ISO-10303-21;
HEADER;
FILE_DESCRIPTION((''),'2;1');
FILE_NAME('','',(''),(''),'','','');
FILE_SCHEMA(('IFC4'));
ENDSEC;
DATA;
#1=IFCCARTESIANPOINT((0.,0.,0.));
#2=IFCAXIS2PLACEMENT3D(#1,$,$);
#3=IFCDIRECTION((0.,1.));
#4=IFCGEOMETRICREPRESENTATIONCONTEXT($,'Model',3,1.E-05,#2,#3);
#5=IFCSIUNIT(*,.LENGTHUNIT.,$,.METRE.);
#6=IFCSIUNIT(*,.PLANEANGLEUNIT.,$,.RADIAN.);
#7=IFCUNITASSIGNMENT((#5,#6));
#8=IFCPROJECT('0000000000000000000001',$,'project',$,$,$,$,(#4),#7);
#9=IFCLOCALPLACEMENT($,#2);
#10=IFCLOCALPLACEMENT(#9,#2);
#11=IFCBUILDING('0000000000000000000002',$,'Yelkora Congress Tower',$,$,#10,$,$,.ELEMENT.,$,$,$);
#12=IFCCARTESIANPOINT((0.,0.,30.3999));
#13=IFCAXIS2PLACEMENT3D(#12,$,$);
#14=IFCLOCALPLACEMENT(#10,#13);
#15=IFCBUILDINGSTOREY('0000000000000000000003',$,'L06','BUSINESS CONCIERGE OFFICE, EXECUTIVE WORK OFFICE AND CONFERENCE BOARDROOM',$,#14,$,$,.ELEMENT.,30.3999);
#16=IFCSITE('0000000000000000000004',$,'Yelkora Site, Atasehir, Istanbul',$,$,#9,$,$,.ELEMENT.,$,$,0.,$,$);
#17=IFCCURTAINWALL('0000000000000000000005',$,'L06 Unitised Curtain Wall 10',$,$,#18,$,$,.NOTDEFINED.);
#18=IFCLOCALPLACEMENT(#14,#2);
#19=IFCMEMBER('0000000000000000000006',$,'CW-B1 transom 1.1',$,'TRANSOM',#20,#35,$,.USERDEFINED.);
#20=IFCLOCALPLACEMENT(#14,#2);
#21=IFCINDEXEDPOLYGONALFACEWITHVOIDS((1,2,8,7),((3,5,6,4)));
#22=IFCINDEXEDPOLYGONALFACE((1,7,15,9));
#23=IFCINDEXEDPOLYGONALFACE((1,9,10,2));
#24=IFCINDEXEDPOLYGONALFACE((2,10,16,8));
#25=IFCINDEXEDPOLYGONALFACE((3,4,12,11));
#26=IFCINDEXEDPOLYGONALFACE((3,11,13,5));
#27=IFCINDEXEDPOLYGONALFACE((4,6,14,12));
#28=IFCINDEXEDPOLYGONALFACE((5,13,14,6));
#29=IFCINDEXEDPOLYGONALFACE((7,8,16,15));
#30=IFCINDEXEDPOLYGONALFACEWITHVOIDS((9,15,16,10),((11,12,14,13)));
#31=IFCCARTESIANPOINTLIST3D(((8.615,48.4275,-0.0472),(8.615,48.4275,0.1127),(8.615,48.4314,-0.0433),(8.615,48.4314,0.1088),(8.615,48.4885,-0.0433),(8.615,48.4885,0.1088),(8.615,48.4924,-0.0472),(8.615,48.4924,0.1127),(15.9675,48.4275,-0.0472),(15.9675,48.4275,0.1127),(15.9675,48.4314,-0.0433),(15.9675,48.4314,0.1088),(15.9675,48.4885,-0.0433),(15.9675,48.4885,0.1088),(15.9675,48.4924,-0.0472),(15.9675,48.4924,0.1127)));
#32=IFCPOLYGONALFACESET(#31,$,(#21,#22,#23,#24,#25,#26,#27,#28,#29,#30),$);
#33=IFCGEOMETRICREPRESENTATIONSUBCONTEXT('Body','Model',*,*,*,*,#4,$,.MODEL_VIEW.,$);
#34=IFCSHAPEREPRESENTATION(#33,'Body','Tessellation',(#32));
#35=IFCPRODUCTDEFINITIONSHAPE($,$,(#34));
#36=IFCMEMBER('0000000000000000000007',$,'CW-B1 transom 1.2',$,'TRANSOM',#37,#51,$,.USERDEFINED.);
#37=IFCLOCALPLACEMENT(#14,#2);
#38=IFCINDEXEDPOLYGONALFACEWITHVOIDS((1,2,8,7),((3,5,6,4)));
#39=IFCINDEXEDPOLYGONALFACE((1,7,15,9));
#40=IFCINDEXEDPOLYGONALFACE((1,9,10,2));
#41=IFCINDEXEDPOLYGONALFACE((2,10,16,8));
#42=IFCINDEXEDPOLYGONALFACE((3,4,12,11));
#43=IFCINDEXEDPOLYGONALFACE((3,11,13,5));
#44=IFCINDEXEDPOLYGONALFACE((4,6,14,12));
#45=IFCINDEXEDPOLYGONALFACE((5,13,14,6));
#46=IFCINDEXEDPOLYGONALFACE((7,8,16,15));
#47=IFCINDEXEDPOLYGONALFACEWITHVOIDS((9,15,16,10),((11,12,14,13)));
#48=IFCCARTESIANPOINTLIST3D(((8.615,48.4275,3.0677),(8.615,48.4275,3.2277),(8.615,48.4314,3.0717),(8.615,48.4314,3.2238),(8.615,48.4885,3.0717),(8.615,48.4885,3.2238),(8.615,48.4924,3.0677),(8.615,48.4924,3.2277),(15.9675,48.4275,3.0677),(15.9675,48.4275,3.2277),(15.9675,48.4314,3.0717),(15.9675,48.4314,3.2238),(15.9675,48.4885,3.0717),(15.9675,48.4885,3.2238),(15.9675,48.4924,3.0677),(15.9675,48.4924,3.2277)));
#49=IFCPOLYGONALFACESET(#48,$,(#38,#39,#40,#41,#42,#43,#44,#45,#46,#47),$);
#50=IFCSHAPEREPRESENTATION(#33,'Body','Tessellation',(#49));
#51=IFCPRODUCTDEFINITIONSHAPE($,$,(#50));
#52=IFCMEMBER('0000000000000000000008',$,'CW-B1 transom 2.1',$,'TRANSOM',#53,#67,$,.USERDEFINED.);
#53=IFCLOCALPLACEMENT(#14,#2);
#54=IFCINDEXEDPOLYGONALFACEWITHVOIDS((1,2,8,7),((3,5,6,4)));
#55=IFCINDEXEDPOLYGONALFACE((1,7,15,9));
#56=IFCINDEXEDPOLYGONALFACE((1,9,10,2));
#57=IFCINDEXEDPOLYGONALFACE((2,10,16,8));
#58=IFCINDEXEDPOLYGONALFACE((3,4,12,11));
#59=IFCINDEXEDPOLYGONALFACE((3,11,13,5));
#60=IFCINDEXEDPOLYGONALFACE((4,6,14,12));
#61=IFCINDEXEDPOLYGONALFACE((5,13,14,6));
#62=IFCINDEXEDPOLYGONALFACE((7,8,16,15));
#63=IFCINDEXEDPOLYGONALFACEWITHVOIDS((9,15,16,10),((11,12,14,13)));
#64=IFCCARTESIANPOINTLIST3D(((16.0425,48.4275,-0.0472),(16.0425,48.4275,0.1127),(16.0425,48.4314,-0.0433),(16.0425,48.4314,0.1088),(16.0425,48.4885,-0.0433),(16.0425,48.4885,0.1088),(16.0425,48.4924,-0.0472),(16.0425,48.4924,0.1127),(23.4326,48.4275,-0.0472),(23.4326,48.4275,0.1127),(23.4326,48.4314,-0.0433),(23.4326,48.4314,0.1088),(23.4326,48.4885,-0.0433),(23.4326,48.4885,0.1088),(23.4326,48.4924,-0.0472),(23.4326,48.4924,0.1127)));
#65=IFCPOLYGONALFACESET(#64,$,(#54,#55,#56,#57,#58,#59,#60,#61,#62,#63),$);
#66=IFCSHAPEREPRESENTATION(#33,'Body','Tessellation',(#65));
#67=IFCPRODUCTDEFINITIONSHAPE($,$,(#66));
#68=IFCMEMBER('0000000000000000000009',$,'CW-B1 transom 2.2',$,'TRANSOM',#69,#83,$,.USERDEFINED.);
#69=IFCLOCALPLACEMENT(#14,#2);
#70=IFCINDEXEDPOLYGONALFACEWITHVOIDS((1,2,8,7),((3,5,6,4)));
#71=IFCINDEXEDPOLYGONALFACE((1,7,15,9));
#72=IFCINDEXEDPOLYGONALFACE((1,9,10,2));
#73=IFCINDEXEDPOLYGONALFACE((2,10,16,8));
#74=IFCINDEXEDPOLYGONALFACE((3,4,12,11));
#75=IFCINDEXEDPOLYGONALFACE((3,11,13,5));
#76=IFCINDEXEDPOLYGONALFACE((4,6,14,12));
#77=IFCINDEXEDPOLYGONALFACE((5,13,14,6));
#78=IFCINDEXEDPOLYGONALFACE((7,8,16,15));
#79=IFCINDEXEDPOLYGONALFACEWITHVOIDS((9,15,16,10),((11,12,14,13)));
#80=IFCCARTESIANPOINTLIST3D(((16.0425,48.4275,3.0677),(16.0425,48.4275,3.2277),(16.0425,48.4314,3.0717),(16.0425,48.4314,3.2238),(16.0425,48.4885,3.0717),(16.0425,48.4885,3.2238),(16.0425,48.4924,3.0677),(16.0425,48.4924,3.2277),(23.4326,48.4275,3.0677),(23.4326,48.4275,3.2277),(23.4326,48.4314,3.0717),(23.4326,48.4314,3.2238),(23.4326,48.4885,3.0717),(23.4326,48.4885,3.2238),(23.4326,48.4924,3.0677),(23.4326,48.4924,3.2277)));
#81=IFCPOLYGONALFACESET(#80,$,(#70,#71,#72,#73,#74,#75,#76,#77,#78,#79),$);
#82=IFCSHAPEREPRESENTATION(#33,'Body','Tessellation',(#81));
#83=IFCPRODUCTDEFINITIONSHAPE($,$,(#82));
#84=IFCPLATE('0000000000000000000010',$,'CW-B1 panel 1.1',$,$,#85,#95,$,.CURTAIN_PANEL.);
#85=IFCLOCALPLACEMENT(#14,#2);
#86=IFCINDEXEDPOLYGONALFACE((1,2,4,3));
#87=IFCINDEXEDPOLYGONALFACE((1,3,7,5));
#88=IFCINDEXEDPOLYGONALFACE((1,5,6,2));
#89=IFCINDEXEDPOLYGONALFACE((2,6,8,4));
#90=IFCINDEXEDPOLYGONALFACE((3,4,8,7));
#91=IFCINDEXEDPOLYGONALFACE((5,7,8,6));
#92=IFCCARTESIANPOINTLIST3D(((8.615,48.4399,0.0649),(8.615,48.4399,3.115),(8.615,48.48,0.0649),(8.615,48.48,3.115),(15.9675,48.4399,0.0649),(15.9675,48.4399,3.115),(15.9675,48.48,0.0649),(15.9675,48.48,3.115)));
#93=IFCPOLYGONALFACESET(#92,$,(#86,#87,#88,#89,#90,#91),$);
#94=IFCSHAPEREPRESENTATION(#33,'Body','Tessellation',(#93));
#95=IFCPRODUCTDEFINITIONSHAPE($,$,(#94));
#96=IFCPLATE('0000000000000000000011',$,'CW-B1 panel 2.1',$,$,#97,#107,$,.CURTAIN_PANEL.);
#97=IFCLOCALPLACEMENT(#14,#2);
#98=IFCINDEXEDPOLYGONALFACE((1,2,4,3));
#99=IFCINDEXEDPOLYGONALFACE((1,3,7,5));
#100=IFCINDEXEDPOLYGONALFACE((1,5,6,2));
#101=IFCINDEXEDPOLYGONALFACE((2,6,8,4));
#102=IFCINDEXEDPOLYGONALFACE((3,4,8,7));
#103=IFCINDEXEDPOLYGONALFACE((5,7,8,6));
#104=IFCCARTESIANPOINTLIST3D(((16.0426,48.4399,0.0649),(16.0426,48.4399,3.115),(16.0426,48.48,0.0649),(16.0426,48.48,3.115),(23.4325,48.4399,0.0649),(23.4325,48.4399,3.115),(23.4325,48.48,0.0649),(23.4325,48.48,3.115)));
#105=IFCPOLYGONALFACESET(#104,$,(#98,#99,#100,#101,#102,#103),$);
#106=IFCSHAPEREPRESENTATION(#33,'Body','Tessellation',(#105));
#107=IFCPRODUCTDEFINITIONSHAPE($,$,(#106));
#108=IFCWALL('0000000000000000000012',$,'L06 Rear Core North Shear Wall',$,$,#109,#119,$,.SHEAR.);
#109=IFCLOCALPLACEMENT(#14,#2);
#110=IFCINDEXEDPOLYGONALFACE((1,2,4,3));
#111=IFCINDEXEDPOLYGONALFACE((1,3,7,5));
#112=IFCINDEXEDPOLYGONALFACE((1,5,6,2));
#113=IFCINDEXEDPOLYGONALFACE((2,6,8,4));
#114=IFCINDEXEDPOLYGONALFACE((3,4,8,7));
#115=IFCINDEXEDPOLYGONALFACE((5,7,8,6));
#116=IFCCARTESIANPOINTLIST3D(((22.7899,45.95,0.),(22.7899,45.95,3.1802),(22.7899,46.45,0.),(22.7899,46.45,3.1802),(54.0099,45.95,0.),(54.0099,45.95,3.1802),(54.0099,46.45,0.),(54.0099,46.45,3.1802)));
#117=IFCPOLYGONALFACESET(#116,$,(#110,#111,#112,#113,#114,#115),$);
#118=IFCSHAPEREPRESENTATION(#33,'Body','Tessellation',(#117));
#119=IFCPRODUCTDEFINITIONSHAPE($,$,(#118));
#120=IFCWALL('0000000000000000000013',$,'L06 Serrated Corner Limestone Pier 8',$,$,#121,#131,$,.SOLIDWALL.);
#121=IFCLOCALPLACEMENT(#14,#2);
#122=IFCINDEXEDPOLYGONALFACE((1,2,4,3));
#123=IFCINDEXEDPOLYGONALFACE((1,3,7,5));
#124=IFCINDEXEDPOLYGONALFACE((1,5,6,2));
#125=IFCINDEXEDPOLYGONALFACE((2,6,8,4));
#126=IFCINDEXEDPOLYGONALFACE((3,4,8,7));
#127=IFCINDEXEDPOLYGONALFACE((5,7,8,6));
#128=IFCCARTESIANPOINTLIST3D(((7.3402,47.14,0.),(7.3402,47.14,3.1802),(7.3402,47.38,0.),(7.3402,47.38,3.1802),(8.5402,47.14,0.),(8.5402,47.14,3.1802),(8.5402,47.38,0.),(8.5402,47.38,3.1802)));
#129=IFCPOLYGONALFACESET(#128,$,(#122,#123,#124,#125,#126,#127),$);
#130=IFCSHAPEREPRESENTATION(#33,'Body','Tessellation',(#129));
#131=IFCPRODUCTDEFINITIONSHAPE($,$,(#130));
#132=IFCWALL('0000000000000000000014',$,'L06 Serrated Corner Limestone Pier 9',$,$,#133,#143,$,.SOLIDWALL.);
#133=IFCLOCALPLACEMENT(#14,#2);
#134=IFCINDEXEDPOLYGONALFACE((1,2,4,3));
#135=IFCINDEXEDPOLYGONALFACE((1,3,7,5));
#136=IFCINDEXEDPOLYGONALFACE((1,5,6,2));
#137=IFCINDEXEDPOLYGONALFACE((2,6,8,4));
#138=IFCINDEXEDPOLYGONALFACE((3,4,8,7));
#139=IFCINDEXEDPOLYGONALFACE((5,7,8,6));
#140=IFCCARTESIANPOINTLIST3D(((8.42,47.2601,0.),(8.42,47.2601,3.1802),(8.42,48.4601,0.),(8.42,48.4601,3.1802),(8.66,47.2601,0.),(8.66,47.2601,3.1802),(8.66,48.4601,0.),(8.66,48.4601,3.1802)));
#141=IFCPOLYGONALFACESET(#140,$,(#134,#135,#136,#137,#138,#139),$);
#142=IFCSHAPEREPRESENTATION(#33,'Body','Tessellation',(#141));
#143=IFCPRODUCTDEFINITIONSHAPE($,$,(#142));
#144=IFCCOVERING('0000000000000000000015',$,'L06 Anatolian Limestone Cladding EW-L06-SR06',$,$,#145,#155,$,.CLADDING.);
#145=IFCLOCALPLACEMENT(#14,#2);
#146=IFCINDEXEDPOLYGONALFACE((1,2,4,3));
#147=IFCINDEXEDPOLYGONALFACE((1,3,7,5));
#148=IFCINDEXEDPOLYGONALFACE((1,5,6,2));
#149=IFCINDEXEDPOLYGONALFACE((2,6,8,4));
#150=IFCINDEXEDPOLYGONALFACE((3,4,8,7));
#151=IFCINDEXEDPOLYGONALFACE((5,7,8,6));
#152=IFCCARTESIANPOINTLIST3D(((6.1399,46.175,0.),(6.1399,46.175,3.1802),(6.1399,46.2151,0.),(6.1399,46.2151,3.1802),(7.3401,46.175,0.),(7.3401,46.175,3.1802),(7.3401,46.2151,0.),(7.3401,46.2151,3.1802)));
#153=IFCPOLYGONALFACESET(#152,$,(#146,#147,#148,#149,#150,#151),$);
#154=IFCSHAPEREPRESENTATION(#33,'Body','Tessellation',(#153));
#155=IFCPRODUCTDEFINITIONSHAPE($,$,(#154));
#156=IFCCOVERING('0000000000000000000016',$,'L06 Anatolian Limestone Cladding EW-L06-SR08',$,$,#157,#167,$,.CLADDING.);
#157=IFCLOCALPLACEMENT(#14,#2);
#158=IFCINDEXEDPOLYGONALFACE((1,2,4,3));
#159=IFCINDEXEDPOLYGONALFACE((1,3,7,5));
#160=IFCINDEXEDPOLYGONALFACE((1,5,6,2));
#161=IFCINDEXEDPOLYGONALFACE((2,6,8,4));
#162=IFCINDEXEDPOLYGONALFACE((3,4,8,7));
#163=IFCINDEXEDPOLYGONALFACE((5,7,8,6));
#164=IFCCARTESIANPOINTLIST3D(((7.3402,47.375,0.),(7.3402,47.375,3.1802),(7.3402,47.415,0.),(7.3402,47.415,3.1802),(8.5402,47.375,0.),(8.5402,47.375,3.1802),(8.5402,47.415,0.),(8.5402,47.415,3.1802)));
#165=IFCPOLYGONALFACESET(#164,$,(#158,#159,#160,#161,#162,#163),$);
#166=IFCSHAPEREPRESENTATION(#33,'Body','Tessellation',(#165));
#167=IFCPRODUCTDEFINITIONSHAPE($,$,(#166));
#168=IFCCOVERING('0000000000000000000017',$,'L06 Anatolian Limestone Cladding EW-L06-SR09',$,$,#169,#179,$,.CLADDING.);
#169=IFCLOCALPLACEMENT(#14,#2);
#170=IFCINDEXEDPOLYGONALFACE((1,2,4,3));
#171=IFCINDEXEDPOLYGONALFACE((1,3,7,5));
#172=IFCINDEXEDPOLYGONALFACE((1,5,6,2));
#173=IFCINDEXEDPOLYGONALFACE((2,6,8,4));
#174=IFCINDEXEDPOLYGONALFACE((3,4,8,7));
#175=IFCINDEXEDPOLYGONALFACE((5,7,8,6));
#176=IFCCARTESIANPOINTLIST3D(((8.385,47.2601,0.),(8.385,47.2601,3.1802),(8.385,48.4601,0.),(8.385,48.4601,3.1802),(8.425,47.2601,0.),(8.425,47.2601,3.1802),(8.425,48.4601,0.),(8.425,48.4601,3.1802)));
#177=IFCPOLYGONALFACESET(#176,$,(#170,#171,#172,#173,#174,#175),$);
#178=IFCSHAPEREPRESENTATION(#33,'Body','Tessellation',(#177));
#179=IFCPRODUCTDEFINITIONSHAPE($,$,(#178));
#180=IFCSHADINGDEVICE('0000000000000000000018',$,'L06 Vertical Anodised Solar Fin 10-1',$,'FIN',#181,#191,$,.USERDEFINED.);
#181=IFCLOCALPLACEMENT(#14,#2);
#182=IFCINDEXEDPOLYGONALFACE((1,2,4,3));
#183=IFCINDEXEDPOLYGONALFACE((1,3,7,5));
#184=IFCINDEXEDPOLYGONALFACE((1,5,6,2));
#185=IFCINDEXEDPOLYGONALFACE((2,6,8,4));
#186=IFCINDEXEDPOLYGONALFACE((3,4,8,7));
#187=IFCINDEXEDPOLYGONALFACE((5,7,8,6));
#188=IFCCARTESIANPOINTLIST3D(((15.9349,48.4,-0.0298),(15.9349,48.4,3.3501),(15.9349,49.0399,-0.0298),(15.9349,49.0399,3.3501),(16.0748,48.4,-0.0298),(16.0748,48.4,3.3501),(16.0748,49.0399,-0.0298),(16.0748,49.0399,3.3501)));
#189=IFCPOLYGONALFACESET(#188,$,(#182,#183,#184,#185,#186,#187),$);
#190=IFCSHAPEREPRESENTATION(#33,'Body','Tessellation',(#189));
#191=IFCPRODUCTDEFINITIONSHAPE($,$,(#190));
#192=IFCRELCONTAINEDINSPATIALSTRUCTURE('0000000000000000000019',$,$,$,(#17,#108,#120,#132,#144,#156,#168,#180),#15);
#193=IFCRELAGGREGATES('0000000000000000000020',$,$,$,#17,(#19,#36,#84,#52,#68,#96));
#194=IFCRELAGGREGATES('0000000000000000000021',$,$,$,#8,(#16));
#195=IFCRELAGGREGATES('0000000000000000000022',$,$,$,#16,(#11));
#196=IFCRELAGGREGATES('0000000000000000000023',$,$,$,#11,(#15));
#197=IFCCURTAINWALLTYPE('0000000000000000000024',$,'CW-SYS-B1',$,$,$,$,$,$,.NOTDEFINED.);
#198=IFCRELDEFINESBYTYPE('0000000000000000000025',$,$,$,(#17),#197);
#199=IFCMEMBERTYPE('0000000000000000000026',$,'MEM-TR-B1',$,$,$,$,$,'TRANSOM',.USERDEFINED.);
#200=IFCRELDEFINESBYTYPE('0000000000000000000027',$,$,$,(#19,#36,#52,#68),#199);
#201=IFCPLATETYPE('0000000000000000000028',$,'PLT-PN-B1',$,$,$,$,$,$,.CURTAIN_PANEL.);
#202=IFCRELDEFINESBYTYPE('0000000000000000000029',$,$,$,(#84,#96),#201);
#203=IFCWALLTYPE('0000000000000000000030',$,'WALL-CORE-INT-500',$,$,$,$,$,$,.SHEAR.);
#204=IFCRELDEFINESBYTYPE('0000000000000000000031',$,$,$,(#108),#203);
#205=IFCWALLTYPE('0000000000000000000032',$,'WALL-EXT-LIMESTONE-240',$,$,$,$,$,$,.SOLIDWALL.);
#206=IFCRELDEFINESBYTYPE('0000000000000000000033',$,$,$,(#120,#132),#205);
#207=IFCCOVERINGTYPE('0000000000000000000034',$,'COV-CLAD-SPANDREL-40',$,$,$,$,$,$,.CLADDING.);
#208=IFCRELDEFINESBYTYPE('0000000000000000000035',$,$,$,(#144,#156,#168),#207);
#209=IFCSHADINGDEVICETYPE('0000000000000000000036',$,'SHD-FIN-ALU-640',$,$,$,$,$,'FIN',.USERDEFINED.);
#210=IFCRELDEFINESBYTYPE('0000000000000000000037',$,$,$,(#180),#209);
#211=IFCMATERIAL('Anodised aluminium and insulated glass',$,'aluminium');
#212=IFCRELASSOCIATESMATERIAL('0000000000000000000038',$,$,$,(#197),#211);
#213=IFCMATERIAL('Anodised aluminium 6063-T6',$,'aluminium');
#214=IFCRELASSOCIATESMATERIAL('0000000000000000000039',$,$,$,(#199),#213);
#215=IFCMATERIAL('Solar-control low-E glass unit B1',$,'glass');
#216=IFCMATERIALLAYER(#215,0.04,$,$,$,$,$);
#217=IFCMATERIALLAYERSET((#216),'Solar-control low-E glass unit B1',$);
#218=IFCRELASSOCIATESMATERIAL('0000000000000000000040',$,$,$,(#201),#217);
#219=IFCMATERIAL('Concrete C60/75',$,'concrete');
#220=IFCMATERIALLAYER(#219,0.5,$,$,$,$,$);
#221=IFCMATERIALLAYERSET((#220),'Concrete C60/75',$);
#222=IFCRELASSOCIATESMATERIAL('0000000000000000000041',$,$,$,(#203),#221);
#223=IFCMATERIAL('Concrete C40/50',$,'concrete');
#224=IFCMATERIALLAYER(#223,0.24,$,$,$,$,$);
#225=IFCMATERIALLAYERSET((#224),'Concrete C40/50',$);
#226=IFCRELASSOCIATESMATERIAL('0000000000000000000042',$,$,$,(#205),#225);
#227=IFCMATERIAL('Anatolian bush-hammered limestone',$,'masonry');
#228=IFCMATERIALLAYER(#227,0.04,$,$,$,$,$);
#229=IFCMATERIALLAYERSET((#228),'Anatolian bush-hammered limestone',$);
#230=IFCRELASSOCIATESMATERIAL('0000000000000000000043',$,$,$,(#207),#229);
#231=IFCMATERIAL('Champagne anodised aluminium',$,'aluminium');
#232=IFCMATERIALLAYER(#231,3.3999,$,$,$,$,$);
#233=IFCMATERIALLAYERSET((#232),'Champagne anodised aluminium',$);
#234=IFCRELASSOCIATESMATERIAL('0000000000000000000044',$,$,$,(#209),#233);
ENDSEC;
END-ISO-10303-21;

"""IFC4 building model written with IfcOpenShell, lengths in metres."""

from ifc_helpers import new_model, si_unit, direction, frame, frame_2d, origin, origin_2d, place, context, subcontext, project, spatial, rectangle, hollow_rectangle, extrude, material, layer, layer_set, material_profile, profile_set, type_object, element, aggregate, save


model = new_model("IFC4")

# Units and contexts
model_context = context("Model", 3, precision=1e-05, world=origin(), true_north=direction((0.0, 1.0)))
body_context = subcontext(model_context, "Body", "Model", "MODEL_VIEW")
ifc_project = project(units=[si_unit("LENGTHUNIT", "METRE"), si_unit("PLANEANGLEUNIT", "RADIAN")], contexts=[model_context])

# Site, building, storey
site_placement = place(None, origin())
site = spatial("IfcSite", under=ifc_project, at=site_placement, Name="Yelkora Site, Atasehir, Istanbul", CompositionType="ELEMENT", RefElevation=0.0)
building_placement = place(site_placement, origin())
building = spatial("IfcBuilding", under=site, at=building_placement, Name="Yelkora Congress Tower", CompositionType="ELEMENT")
storey_placement = place(building_placement, frame((0.0, 0.0, 30.3999)))
storey = spatial("IfcBuildingStorey", under=building, at=storey_placement, Name="L06", Description="BUSINESS CONCIERGE OFFICE, EXECUTIVE WORK OFFICE AND CONFERENCE BOARDROOM", CompositionType="ELEMENT", Elevation=30.3999)

# Shared definitions
ifc_material_1 = material(Name="Concrete C60/75", Category="concrete")

# Curtain wall, members, plates
ifc_material_2 = material(Name="Anodised aluminium and insulated glass", Category="aluminium")
curtain_wall_type = type_object("IfcCurtainWallType", Name="CW-SYS-B1", PredefinedType="NOTDEFINED", material=ifc_material_2)
curtain_wall_placement = place(storey_placement, origin())
curtain_wall = element("IfcCurtainWall", 1, at=curtain_wall_placement, inside=storey, type_object=curtain_wall_type, Name="L06 Unitised Curtain Wall 10", PredefinedType="NOTDEFINED")
ifc_material_3 = material(Name="Anodised aluminium 6063-T6", Category="aluminium")
ifc_material_profile_1 = material_profile(ifc_material_3, hollow_rectangle(XDim=0.0649, YDim=0.1599, WallThickness=0.0039, at=origin_2d()), Name="ALU 65x160x4")
ifc_profile_set_1 = profile_set([ifc_material_profile_1], Name="Anodised aluminium 6063-T6")
member_type_1 = type_object("IfcMemberType", Name="MEM-TR-B1", ElementType="TRANSOM", PredefinedType="USERDEFINED", material=ifc_profile_set_1)
member_1_placement = place(storey_placement, frame((8.615, 48.46, 0.0327), z_axis=(1.0, 0.0, 0.0), x_axis=(0.0, 1.0, 0.0)))
member_1 = element("IfcMember", 2, at=member_1_placement, type_object=member_type_1, Name="CW-B1 transom 1.1", ObjectType="TRANSOM", PredefinedType="USERDEFINED", context=body_context, shape_type="SweptSolid", body=[
    extrude(hollow_rectangle(XDim=0.0649, YDim=0.1599, WallThickness=0.0039, at=origin_2d()), origin(), (0.0, 0.0, 1.0), 7.3525),
])
member_2_placement = place(storey_placement, frame((8.615, 48.46, 3.1477), z_axis=(1.0, 0.0, 0.0), x_axis=(0.0, 1.0, 0.0)))
member_2 = element("IfcMember", 3, at=member_2_placement, type_object=member_type_1, Name="CW-B1 transom 1.2", ObjectType="TRANSOM", PredefinedType="USERDEFINED", context=body_context, shape_type="SweptSolid", body=[
    extrude(hollow_rectangle(XDim=0.0649, YDim=0.1599, WallThickness=0.0039, at=origin_2d()), origin(), (0.0, 0.0, 1.0), 7.3525),
])
member_3_placement = place(storey_placement, frame((16.0425, 48.46, 0.0327), z_axis=(1.0, 0.0, 0.0), x_axis=(0.0, 1.0, 0.0)))
member_3 = element("IfcMember", 4, at=member_3_placement, type_object=member_type_1, Name="CW-B1 transom 2.1", ObjectType="TRANSOM", PredefinedType="USERDEFINED", context=body_context, shape_type="SweptSolid", body=[
    extrude(hollow_rectangle(XDim=0.0649, YDim=0.1599, WallThickness=0.0039, at=origin_2d()), origin(), (0.0, 0.0, 1.0), 7.3901),
])
member_4_placement = place(storey_placement, frame((16.0425, 48.46, 3.1477), z_axis=(1.0, 0.0, 0.0), x_axis=(0.0, 1.0, 0.0)))
member_4 = element("IfcMember", 5, at=member_4_placement, type_object=member_type_1, Name="CW-B1 transom 2.2", ObjectType="TRANSOM", PredefinedType="USERDEFINED", context=body_context, shape_type="SweptSolid", body=[
    extrude(hollow_rectangle(XDim=0.0649, YDim=0.1599, WallThickness=0.0039, at=origin_2d()), origin(), (0.0, 0.0, 1.0), 7.3901),
])
ifc_material_4 = material(Name="Solar-control low-E glass unit B1", Category="glass")
ifc_layer_1 = layer(ifc_material_4, 0.04)
ifc_layer_set_1 = layer_set([ifc_layer_1], Name="Solar-control low-E glass unit B1")
plate_type = type_object("IfcPlateType", Name="PLT-PN-B1", PredefinedType="CURTAIN_PANEL", material=ifc_layer_set_1)
plate_1_placement = place(storey_placement, frame((12.2913, 48.46, 0.0649), z_axis=(0.0, 0.0, 1.0), x_axis=(1.0, 0.0, 0.0)))
plate_1 = element("IfcPlate", 6, at=plate_1_placement, type_object=plate_type, Name="CW-B1 panel 1.1", PredefinedType="CURTAIN_PANEL", context=body_context, shape_type="SweptSolid", body=[
    extrude(rectangle(XDim=7.3525, YDim=0.04, at=origin_2d()), origin(), (0.0, 0.0, 1.0), 3.05),
])
plate_2_placement = place(storey_placement, frame((19.7375, 48.46, 0.0649), z_axis=(0.0, 0.0, 1.0), x_axis=(1.0, 0.0, 0.0)))
plate_2 = element("IfcPlate", 7, at=plate_2_placement, type_object=plate_type, Name="CW-B1 panel 2.1", PredefinedType="CURTAIN_PANEL", context=body_context, shape_type="SweptSolid", body=[
    extrude(rectangle(XDim=7.3899, YDim=0.04, at=origin_2d()), origin(), (0.0, 0.0, 1.0), 3.05),
])
aggregate(curtain_wall, [member_1, member_2, plate_1, member_3, member_4, plate_2])

# Walls
ifc_layer_2 = layer(ifc_material_1, 0.5)
ifc_layer_set_2 = layer_set([ifc_layer_2], Name="Concrete C60/75")
wall_type_1 = type_object("IfcWallType", Name="WALL-CORE-INT-500", PredefinedType="SHEAR", material=ifc_layer_set_2)
wall_placement = place(storey_placement, frame((22.79, 46.2, 0.0), z_axis=(0.0, 0.0, 1.0), x_axis=(1.0, 0.0, 0.0)))
element("IfcWall", 8, at=wall_placement, inside=storey, type_object=wall_type_1, Name="L06 Rear Core North Shear Wall", PredefinedType="SHEAR", context=body_context, shape_type="SweptSolid", body=[
    extrude(rectangle(XDim=31.22, YDim=0.5, at=frame_2d((15.6099, 0.0))), origin(), (0.0, 0.0, 1.0), 3.1802),
])
ifc_material_5 = material(Name="Concrete C40/50", Category="concrete")
ifc_layer_3 = layer(ifc_material_5, 0.24)
ifc_layer_set_3 = layer_set([ifc_layer_3], Name="Concrete C40/50")
wall_type_2 = type_object("IfcWallType", Name="WALL-EXT-LIMESTONE-240", PredefinedType="SOLIDWALL", material=ifc_layer_set_3)
for number, where, z_axis, x_axis, name in (
    (9, (7.3401, 47.26, 0.0), (0.0, 0.0, 1.0), (1.0, 0.0, 0.0), "L06 Serrated Corner Limestone Pier 8"),
    (10, (8.54, 47.26, 0.0), (0.0, 0.0, 1.0), (0.0, 1.0, 0.0), "L06 Serrated Corner Limestone Pier 9"),
):
    element("IfcWall", number, at=place(storey_placement, frame(where, z_axis=z_axis, x_axis=x_axis)), inside=storey, type_object=wall_type_2, Name=name, PredefinedType="SOLIDWALL", context=body_context, shape_type="SweptSolid", body=[
        extrude(rectangle(XDim=1.2, YDim=0.24, at=frame_2d((0.6001, 0.0))), origin(), (0.0, 0.0, 1.0), 3.1802),
    ])

# Coverings
ifc_material_6 = material(Name="Anatolian bush-hammered limestone", Category="masonry")
ifc_layer_4 = layer(ifc_material_6, 0.04)
ifc_layer_set_4 = layer_set([ifc_layer_4], Name="Anatolian bush-hammered limestone")
covering_type = type_object("IfcCoveringType", Name="COV-CLAD-SPANDREL-40", PredefinedType="CLADDING", material=ifc_layer_set_4)
covering_placement = place(storey_placement, frame((6.1399, 46.1951, 0.0), z_axis=(0.0, 0.0, 1.0), x_axis=(1.0, 0.0, 0.0)))
element("IfcCovering", 11, at=covering_placement, inside=storey, type_object=covering_type, Name="L06 Anatolian Limestone Cladding EW-L06-SR06", PredefinedType="CLADDING", context=body_context, shape_type="SweptSolid", body=[
    extrude(rectangle(XDim=1.2002, YDim=0.04, at=frame_2d((0.6001, 0.0))), origin(), (0.0, 0.0, 1.0), 3.1802),
])
for number, where, z_axis, x_axis, name in (
    (12, (7.3401, 47.395, 0.0), (0.0, 0.0, 1.0), (1.0, 0.0, 0.0), "L06 Anatolian Limestone Cladding EW-L06-SR08"),
    (13, (8.405, 47.26, 0.0), (0.0, 0.0, 1.0), (0.0, 1.0, 0.0), "L06 Anatolian Limestone Cladding EW-L06-SR09"),
):
    element("IfcCovering", number, at=place(storey_placement, frame(where, z_axis=z_axis, x_axis=x_axis)), inside=storey, type_object=covering_type, Name=name, PredefinedType="CLADDING", context=body_context, shape_type="SweptSolid", body=[
        extrude(rectangle(XDim=1.2, YDim=0.04, at=frame_2d((0.6001, 0.0))), origin(), (0.0, 0.0, 1.0), 3.1802),
    ])

# Shading device
ifc_material_7 = material(Name="Champagne anodised aluminium", Category="aluminium")
ifc_layer_5 = layer(ifc_material_7, 3.3999)
ifc_layer_set_5 = layer_set([ifc_layer_5], Name="Champagne anodised aluminium")
shading_device_type = type_object("IfcShadingDeviceType", Name="SHD-FIN-ALU-640", ElementType="FIN", PredefinedType="USERDEFINED", material=ifc_layer_set_5)
shading_device_placement = place(storey_placement, frame((16.0049, 48.72, -0.0298), z_axis=(0.0, 0.0, 1.0), x_axis=(1.0, 0.0, 0.0)))
element("IfcShadingDevice", 14, at=shading_device_placement, inside=storey, type_object=shading_device_type, Name="L06 Vertical Anodised Solar Fin 10-1", ObjectType="FIN", PredefinedType="USERDEFINED", context=body_context, shape_type="SweptSolid", body=[
    extrude(rectangle(XDim=0.1399, YDim=0.6399, at=origin_2d()), origin(), (0.0, 0.0, 1.0), 3.3799),
])

save(model, "model.ifc")
